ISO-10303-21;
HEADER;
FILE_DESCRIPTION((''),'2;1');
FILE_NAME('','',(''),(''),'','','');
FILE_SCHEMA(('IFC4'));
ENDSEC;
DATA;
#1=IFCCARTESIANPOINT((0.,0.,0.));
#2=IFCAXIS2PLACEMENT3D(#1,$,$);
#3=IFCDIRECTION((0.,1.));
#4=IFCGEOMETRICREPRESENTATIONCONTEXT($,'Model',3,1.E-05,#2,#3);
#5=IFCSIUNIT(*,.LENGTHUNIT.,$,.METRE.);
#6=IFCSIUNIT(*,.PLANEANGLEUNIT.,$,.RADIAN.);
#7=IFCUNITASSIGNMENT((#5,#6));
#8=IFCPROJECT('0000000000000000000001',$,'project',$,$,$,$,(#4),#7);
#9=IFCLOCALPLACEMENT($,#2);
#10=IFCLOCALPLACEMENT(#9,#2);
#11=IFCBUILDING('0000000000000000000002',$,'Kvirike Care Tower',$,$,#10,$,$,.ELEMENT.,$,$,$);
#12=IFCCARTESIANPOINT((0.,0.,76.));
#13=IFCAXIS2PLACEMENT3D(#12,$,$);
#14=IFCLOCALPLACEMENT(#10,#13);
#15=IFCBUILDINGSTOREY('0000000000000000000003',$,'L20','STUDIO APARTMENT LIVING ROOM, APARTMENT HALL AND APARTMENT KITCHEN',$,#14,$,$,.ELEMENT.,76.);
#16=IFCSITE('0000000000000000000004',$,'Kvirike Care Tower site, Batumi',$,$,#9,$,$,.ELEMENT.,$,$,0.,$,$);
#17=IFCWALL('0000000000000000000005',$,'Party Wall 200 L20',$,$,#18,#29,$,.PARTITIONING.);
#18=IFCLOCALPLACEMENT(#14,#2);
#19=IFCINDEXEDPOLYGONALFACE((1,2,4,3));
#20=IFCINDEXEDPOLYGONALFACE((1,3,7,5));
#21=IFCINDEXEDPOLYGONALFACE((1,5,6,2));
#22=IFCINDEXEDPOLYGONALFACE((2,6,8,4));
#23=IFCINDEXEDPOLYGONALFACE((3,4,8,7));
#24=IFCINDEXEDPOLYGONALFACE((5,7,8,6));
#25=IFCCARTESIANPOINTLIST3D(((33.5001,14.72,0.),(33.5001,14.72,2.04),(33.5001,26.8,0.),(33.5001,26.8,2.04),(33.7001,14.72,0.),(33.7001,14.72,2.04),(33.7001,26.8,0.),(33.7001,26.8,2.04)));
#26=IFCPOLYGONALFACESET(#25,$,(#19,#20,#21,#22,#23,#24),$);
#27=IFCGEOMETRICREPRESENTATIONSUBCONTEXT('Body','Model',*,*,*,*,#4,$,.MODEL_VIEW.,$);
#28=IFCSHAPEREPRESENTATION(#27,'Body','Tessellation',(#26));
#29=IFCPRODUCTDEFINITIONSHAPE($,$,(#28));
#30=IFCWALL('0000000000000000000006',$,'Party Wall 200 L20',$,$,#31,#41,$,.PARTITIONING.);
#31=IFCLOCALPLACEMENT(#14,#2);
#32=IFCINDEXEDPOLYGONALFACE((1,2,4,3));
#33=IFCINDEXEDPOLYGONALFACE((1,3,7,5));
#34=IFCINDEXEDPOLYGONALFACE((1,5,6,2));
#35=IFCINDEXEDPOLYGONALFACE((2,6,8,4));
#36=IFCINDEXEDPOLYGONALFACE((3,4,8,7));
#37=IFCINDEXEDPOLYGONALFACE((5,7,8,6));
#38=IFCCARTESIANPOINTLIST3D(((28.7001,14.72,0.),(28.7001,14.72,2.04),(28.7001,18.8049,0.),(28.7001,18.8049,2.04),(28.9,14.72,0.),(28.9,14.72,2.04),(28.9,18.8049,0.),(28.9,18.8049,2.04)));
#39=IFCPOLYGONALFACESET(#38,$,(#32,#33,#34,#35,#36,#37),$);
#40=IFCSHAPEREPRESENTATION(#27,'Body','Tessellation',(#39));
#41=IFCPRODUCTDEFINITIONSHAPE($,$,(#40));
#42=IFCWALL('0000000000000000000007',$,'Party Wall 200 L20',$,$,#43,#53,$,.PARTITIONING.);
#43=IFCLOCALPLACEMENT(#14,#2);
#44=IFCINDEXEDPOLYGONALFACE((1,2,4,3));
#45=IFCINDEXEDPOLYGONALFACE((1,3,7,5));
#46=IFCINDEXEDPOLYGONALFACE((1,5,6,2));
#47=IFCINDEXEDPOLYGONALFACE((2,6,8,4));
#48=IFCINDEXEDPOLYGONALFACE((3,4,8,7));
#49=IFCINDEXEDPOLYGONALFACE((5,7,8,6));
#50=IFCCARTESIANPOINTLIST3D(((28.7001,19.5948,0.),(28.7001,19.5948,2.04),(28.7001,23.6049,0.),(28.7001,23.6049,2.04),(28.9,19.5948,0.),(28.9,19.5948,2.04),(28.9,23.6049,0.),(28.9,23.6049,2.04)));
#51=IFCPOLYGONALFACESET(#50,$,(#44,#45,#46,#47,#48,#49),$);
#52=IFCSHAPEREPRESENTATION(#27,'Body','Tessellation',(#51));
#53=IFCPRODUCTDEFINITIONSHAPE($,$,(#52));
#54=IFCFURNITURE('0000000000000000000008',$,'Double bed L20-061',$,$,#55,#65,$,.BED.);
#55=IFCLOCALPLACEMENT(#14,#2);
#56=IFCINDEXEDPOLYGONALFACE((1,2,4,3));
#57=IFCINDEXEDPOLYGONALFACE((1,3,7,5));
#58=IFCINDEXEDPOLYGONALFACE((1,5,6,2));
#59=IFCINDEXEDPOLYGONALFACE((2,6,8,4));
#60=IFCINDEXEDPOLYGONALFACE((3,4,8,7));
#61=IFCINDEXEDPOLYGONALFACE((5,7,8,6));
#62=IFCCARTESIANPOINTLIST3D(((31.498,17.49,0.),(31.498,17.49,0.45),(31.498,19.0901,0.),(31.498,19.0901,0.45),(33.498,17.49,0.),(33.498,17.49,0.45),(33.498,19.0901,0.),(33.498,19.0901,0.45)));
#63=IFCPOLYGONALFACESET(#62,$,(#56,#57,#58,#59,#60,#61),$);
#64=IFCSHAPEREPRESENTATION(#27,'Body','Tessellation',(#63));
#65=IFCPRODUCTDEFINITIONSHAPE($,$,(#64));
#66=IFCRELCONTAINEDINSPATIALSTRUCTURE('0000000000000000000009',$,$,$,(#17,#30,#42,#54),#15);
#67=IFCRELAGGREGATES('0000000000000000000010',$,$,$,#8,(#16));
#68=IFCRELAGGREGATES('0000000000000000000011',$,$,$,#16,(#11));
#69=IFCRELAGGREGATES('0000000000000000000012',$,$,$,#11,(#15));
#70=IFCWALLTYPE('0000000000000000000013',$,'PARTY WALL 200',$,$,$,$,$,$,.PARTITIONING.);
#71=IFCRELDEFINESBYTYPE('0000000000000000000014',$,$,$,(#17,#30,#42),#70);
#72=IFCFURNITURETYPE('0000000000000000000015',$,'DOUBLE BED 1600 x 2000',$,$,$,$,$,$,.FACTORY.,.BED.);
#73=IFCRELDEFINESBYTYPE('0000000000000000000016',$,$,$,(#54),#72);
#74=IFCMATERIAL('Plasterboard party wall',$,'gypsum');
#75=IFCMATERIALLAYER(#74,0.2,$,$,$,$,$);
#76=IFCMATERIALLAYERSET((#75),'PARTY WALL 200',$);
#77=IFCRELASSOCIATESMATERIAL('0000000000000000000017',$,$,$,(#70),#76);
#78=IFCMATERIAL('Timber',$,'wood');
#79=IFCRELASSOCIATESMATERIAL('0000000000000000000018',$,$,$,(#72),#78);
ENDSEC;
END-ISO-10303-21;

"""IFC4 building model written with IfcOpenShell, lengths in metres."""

from ifc_helpers import new_model, si_unit, direction, frame, frame_2d, origin, origin_2d, place, context, subcontext, project, spatial, rectangle, extrude, material, layer, layer_set, type_object, element, save


model = new_model("IFC4")

# Units and contexts
model_context = context("Model", 3, precision=1e-05, world=origin(), true_north=direction((0.0, 1.0)))
body_context = subcontext(model_context, "Body", "Model", "MODEL_VIEW")
ifc_project = project(units=[si_unit("LENGTHUNIT", "METRE"), si_unit("PLANEANGLEUNIT", "RADIAN")], contexts=[model_context])

# Site, building, storey
site_placement = place(None, origin())
site = spatial("IfcSite", under=ifc_project, at=site_placement, Name="Kvirike Care Tower site, Batumi", CompositionType="ELEMENT", RefElevation=0.0)
building_placement = place(site_placement, origin())
building = spatial("IfcBuilding", under=site, at=building_placement, Name="Kvirike Care Tower", CompositionType="ELEMENT")
storey_placement = place(building_placement, frame((0.0, 0.0, 76.0)))
storey = spatial("IfcBuildingStorey", under=building, at=storey_placement, Name="L20", Description="STUDIO APARTMENT LIVING ROOM, APARTMENT HALL AND APARTMENT KITCHEN", CompositionType="ELEMENT", Elevation=76.0)

# Walls
ifc_material_1 = material(Name="Plasterboard party wall", Category="gypsum")
ifc_layer_1 = layer(ifc_material_1, 0.2)
ifc_layer_set_1 = layer_set([ifc_layer_1], Name="PARTY WALL 200")
wall_type = type_object("IfcWallType", Name="PARTY WALL 200", PredefinedType="PARTITIONING", material=ifc_layer_set_1)
wall_1_placement = place(storey_placement, frame((33.6001, 14.72, 0.0), z_axis=(0.0, 0.0, 1.0), x_axis=(0.0, 1.0, 0.0)))
element("IfcWall", 1, at=wall_1_placement, inside=storey, type_object=wall_type, Name="Party Wall 200 L20", PredefinedType="PARTITIONING", context=body_context, shape_type="SweptSolid", body=[
    extrude(rectangle(XDim=12.0801, YDim=0.2, at=frame_2d((6.04, 0.0))), origin(), (0.0, 0.0, 1.0), 2.04),
])
wall_2_placement = place(storey_placement, frame((28.8, 14.72, 0.0), z_axis=(0.0, 0.0, 1.0), x_axis=(0.0, 1.0, 0.0)))
element("IfcWall", 2, at=wall_2_placement, inside=storey, type_object=wall_type, Name="Party Wall 200 L20", PredefinedType="PARTITIONING", context=body_context, shape_type="SweptSolid", body=[
    extrude(rectangle(XDim=4.085, YDim=0.2, at=frame_2d((2.0425, 0.0))), origin(), (0.0, 0.0, 1.0), 2.04),
])
wall_3_placement = place(storey_placement, frame((28.8, 19.595, 0.0), z_axis=(0.0, 0.0, 1.0), x_axis=(0.0, 1.0, 0.0)))
element("IfcWall", 3, at=wall_3_placement, inside=storey, type_object=wall_type, Name="Party Wall 200 L20", PredefinedType="PARTITIONING", context=body_context, shape_type="SweptSolid", body=[
    extrude(rectangle(XDim=4.01, YDim=0.2, at=frame_2d((2.0049, 0.0))), origin(), (0.0, 0.0, 1.0), 2.04),
])

# Furniture
ifc_material_2 = material(Name="Timber", Category="wood")
furniture_type = type_object("IfcFurnitureType", Name="DOUBLE BED 1600 x 2000", AssemblyPlace="FACTORY", PredefinedType="BED", material=ifc_material_2)
furniture_placement = place(storey_placement, frame((32.498, 18.29, 0.0), z_axis=(0.0, 0.0, 1.0), x_axis=(0.0, -1.0, 0.0)))
element("IfcFurniture", 4, at=furniture_placement, inside=storey, type_object=furniture_type, Name="Double bed L20-061", PredefinedType="BED", context=body_context, shape_type="SweptSolid", body=[
    extrude(rectangle(XDim=1.6001, YDim=2.0, at=origin_2d()), origin(), (0.0, 0.0, 1.0), 0.45),
])

save(model, "model.ifc")
